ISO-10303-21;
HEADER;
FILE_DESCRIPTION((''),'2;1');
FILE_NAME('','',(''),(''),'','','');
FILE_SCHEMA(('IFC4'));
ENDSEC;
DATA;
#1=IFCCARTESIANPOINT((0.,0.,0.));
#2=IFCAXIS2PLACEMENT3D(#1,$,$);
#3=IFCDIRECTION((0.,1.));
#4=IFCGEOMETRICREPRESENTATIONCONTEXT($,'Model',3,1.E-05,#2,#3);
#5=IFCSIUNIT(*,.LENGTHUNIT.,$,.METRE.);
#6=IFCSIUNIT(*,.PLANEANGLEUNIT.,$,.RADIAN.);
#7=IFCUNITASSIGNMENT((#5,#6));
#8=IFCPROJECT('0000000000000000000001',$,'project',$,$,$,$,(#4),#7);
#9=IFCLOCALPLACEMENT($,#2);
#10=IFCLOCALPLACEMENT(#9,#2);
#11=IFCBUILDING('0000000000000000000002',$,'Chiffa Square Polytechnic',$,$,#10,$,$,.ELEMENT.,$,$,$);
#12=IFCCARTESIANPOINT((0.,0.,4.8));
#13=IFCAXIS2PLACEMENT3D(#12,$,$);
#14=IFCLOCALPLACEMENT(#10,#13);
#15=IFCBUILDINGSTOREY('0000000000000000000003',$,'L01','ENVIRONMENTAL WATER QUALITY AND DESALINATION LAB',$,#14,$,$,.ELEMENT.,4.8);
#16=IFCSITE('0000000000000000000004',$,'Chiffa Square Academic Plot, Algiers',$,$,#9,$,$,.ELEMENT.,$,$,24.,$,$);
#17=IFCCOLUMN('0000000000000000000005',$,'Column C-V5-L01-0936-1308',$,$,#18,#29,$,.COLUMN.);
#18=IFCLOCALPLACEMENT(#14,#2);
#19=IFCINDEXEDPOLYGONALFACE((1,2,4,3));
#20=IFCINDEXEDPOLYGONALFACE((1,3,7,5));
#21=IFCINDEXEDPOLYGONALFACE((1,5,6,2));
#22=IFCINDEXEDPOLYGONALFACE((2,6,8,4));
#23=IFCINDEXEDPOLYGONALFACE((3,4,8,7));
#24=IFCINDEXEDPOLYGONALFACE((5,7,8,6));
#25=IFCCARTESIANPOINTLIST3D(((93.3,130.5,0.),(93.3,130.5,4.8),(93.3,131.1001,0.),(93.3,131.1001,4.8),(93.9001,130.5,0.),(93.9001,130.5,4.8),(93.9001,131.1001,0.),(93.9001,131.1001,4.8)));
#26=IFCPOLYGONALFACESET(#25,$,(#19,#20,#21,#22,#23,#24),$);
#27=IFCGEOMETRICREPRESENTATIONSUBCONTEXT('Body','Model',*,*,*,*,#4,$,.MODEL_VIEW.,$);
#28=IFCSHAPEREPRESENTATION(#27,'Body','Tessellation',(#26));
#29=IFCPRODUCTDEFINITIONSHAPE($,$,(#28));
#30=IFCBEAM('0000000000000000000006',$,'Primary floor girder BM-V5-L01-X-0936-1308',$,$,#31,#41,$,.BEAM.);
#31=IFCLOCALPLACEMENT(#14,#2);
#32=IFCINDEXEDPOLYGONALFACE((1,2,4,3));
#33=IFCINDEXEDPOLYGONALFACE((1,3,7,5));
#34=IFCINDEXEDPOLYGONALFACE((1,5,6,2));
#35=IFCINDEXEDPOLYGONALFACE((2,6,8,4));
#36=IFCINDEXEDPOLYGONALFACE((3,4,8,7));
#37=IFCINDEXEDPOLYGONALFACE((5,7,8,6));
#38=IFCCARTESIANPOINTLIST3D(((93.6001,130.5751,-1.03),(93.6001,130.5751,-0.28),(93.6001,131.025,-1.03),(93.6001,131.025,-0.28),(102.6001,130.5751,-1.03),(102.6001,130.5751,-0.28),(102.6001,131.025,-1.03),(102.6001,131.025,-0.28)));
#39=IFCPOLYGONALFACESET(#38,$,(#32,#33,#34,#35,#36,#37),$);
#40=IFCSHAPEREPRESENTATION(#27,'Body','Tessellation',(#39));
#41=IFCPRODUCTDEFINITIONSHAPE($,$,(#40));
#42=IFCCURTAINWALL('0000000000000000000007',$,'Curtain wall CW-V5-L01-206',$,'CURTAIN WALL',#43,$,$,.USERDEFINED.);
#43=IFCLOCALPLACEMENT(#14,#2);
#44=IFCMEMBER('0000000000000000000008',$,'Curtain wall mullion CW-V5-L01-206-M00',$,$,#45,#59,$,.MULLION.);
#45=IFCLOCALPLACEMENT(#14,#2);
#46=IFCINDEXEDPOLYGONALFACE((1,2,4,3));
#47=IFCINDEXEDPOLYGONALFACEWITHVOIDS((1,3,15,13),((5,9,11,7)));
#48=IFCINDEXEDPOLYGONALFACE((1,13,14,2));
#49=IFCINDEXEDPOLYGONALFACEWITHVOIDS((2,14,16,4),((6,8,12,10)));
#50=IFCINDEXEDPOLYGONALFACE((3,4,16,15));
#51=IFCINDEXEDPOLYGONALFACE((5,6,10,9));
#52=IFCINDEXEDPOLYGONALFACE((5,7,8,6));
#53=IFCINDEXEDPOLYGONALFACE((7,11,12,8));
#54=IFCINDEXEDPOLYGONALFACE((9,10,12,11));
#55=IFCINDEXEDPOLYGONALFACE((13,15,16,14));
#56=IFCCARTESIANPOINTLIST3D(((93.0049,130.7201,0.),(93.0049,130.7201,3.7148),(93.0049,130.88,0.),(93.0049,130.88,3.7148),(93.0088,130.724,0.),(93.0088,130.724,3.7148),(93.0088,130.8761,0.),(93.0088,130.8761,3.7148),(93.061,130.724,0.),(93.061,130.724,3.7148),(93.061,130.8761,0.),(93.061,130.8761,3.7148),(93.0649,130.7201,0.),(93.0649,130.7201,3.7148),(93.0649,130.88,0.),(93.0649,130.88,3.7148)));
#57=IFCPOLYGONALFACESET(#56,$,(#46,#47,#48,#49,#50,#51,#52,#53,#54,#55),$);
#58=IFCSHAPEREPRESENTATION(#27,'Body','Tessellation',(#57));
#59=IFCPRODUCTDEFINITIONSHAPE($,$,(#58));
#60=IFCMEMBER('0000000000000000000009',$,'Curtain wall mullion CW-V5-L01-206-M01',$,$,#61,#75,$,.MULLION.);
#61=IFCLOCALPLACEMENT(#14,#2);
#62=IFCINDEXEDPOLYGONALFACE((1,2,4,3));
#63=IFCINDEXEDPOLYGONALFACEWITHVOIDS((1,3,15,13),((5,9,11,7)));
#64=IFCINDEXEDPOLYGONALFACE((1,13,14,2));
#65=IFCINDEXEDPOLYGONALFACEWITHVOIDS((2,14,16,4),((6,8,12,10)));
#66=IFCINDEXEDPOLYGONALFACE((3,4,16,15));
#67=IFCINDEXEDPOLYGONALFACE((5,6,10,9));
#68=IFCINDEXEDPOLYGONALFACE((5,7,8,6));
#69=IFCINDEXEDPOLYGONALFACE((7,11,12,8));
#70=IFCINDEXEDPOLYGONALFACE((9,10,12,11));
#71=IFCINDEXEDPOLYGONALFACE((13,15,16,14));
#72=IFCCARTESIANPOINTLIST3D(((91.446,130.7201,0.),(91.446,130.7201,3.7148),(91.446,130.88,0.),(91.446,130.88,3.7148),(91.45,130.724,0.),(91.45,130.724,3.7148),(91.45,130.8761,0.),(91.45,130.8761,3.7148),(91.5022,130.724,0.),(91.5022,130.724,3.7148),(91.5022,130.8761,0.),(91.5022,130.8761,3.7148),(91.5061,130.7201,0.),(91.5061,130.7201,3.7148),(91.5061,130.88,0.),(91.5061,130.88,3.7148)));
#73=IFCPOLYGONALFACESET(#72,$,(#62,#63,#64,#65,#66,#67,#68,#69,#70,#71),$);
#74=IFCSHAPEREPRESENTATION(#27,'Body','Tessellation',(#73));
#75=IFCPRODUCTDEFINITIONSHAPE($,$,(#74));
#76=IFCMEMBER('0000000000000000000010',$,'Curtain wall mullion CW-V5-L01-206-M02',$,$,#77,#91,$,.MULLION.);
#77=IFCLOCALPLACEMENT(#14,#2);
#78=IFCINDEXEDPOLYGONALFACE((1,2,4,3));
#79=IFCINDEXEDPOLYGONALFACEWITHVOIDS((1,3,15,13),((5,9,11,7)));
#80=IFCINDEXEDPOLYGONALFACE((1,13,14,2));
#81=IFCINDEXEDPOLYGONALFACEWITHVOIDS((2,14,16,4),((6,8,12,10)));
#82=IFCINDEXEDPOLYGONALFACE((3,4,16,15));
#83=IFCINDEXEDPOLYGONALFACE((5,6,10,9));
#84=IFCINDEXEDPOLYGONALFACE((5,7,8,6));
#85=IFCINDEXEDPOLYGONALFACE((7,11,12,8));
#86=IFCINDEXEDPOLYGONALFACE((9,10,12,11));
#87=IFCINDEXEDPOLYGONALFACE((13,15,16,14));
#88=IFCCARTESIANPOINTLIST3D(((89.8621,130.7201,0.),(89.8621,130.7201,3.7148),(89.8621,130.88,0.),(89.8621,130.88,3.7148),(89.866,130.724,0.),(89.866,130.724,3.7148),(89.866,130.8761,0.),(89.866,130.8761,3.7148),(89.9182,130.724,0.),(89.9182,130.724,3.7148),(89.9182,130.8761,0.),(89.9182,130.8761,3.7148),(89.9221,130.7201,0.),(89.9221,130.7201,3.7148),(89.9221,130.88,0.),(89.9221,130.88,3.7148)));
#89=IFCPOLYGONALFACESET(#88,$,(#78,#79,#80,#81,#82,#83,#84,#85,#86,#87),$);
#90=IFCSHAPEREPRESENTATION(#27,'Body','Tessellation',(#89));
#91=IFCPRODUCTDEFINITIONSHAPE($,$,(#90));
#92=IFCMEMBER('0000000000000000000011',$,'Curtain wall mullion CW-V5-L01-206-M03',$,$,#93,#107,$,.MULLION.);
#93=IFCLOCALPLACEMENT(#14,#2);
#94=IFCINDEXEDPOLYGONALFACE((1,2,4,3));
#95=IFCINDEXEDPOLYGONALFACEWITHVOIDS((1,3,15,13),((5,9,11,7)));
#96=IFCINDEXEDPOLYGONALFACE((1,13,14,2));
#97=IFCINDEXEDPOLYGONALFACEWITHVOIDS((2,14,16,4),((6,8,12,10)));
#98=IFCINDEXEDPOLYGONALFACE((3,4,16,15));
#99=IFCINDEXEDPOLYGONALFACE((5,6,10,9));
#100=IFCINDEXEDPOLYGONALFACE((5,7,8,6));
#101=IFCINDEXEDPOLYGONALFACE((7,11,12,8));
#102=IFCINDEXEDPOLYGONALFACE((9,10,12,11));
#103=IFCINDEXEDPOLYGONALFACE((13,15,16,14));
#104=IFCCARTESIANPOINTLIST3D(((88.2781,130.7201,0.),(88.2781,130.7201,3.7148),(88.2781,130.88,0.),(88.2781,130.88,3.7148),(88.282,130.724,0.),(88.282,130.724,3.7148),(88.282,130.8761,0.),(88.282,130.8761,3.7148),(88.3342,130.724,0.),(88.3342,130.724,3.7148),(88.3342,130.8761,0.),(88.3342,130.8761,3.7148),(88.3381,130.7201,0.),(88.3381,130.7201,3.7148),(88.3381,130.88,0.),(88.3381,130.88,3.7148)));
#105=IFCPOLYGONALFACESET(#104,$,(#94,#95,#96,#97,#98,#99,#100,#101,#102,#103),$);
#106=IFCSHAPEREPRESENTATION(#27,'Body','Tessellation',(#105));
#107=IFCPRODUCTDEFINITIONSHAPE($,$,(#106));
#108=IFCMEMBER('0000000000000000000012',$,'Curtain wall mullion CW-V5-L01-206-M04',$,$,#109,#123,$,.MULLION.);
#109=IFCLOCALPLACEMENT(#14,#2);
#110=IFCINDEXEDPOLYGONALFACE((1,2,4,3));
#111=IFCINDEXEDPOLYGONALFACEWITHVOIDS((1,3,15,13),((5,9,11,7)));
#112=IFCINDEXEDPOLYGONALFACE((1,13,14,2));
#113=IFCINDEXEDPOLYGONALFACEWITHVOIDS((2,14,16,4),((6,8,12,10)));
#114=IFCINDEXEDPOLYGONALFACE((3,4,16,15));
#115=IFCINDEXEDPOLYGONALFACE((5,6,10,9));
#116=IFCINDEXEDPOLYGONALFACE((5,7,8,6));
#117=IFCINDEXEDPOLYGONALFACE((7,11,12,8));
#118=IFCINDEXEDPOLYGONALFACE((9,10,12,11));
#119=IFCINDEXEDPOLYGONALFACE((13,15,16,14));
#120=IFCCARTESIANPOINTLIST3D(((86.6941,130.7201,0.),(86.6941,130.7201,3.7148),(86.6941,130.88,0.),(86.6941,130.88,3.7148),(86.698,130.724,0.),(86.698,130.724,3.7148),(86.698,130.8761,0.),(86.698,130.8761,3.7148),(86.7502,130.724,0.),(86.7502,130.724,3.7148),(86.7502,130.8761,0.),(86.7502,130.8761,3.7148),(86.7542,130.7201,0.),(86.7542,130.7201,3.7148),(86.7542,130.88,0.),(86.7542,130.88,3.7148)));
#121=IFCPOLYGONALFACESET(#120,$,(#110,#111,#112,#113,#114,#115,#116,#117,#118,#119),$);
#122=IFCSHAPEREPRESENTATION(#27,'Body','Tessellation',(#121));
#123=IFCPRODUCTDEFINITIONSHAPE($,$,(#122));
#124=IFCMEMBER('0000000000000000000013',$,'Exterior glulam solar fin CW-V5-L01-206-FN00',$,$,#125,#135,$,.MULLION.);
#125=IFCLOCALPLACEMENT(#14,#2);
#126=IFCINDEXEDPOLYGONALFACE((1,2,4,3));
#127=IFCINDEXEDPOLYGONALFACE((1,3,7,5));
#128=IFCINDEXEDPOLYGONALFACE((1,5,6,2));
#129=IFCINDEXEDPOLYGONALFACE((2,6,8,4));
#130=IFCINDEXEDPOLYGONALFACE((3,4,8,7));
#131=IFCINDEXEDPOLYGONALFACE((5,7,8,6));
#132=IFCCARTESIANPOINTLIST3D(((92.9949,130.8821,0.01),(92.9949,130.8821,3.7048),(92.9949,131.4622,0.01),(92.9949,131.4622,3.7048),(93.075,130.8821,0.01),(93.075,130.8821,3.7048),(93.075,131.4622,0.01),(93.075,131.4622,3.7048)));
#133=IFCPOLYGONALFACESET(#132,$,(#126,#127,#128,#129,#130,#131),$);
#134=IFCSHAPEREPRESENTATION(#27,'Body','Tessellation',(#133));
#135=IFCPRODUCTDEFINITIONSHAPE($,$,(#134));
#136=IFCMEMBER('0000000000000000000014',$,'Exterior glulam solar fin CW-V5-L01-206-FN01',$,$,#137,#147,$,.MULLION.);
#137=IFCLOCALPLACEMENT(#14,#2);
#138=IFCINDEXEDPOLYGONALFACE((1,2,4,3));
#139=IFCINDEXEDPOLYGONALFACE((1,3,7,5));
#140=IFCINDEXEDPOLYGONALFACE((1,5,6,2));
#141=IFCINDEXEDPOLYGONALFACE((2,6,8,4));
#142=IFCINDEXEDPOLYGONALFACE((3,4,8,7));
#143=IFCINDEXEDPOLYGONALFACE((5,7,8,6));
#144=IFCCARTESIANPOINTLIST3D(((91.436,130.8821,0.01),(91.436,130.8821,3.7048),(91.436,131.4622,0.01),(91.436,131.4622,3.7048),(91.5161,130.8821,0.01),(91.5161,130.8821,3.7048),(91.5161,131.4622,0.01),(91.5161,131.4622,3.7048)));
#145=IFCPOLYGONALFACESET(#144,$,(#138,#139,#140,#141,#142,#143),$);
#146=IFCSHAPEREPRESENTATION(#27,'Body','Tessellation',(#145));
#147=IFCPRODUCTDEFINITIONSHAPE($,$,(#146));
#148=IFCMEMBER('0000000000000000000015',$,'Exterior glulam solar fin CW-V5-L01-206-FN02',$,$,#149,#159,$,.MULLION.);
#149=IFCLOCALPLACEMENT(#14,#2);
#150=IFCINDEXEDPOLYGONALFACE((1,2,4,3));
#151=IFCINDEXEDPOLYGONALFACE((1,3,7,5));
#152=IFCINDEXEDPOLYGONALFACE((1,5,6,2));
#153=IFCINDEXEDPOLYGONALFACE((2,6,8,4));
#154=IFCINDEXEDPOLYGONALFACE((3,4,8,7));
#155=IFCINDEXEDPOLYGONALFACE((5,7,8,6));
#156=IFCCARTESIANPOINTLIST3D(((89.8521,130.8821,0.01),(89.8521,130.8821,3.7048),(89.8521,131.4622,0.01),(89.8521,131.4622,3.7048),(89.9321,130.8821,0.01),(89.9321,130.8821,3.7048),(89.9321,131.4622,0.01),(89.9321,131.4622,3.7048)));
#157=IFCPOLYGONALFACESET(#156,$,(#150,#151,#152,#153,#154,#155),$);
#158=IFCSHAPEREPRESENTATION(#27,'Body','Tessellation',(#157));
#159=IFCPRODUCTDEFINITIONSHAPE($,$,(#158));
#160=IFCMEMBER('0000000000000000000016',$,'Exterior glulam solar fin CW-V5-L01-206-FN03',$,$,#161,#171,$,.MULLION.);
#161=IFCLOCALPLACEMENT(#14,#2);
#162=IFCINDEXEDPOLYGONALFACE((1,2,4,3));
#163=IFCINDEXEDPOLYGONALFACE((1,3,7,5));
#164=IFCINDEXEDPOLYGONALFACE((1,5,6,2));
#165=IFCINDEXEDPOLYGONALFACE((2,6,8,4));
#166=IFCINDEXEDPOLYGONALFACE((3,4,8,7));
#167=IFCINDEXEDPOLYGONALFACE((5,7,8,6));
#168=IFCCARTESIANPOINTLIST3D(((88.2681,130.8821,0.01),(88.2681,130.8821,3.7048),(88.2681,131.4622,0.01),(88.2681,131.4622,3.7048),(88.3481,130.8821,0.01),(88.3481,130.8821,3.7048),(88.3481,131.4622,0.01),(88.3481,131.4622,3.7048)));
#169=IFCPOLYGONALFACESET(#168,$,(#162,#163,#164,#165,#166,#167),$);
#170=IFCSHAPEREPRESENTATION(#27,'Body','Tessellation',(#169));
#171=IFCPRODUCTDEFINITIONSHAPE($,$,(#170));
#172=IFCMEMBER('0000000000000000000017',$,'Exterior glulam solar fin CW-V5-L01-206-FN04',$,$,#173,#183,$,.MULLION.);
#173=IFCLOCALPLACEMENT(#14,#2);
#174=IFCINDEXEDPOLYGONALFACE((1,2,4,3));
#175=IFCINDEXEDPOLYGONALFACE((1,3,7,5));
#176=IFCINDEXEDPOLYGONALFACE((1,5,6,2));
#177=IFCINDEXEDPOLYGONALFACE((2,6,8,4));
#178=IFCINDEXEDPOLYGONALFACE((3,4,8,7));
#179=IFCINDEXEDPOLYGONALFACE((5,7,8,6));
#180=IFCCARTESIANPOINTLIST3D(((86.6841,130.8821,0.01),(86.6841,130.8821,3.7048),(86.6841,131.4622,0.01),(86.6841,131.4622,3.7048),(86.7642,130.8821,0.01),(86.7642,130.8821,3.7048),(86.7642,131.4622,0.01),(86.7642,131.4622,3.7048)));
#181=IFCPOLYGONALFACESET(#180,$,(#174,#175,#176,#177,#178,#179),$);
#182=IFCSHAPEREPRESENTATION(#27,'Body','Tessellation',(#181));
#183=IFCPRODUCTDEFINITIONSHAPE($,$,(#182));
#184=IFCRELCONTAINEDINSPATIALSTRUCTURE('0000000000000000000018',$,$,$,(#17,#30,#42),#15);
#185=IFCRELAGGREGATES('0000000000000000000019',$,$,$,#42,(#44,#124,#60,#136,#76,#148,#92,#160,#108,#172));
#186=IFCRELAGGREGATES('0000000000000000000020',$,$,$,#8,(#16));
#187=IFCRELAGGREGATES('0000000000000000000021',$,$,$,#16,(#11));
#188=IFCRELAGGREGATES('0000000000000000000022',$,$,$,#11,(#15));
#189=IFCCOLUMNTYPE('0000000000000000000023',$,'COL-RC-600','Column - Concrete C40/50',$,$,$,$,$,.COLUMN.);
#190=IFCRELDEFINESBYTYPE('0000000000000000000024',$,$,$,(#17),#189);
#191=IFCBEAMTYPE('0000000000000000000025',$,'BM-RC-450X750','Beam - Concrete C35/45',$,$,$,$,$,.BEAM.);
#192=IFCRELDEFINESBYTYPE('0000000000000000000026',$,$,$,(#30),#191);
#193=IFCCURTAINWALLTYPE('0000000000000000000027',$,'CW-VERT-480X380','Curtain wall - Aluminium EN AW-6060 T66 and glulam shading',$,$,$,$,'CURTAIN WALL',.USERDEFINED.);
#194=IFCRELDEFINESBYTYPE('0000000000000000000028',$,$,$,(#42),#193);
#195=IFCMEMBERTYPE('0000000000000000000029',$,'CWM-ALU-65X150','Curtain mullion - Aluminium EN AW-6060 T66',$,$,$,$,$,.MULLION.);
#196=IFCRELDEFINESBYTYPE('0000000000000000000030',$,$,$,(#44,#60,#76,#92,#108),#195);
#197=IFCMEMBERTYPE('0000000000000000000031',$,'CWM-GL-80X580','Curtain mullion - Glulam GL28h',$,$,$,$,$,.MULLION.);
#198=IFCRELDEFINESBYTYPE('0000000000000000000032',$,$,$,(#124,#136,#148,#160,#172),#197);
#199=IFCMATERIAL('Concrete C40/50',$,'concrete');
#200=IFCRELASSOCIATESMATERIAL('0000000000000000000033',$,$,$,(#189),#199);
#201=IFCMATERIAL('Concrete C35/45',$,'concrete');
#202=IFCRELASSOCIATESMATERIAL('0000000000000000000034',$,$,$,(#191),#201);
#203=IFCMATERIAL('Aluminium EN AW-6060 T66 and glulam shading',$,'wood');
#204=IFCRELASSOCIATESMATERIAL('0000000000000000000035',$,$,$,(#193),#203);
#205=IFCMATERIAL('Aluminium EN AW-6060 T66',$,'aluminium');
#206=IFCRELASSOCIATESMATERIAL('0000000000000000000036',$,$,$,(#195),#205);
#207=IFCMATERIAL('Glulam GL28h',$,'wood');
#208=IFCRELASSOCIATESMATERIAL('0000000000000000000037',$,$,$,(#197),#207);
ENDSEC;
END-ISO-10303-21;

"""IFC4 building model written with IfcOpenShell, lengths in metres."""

from ifc_helpers import new_model, si_unit, direction, frame, origin, origin_2d, place, context, subcontext, project, spatial, rectangle, hollow_rectangle, extrude, material, material_profile, profile_set, type_object, element, aggregate, save


model = new_model("IFC4")

# Units and contexts
model_context = context("Model", 3, precision=1e-05, world=origin(), true_north=direction((0.0, 1.0)))
body_context = subcontext(model_context, "Body", "Model", "MODEL_VIEW")
ifc_project = project(units=[si_unit("LENGTHUNIT", "METRE"), si_unit("PLANEANGLEUNIT", "RADIAN")], contexts=[model_context])

# Site, building, storey
site_placement = place(None, origin())
site = spatial("IfcSite", under=ifc_project, at=site_placement, Name="Chiffa Square Academic Plot, Algiers", CompositionType="ELEMENT", RefElevation=24.0)
building_placement = place(site_placement, origin())
building = spatial("IfcBuilding", under=site, at=building_placement, Name="Chiffa Square Polytechnic", CompositionType="ELEMENT")
storey_placement = place(building_placement, frame((0.0, 0.0, 4.8)))
storey = spatial("IfcBuildingStorey", under=building, at=storey_placement, Name="L01", Description="ENVIRONMENTAL WATER QUALITY AND DESALINATION LAB", CompositionType="ELEMENT", Elevation=4.8)

# Column
ifc_material_1 = material(Name="Concrete C40/50", Category="concrete")
ifc_material_profile_1 = material_profile(ifc_material_1, rectangle(XDim=0.6001, YDim=0.6001, at=origin_2d()), Name="RC 600x600")
ifc_profile_set_1 = profile_set([ifc_material_profile_1], Name="Concrete C40/50")
column_type = type_object("IfcColumnType", Name="COL-RC-600", Description="Column - Concrete C40/50", PredefinedType="COLUMN", material=ifc_profile_set_1)
column_placement = place(storey_placement, frame((93.6001, 130.8, 0.0), z_axis=(0.0, 0.0, 1.0), x_axis=(1.0, 0.0, 0.0)))
element("IfcColumn", 1, at=column_placement, inside=storey, type_object=column_type, Name="Column C-V5-L01-0936-1308", PredefinedType="COLUMN", context=body_context, shape_type="SweptSolid", body=[
    extrude(rectangle(XDim=0.6001, YDim=0.6001, at=origin_2d()), origin(), (0.0, 0.0, 1.0), 4.8),
])

# Beam
ifc_material_2 = material(Name="Concrete C35/45", Category="concrete")
ifc_material_profile_2 = material_profile(ifc_material_2, rectangle(XDim=0.45, YDim=0.75, at=origin_2d()), Name="RC 450x750")
ifc_profile_set_2 = profile_set([ifc_material_profile_2], Name="Concrete C35/45")
beam_type = type_object("IfcBeamType", Name="BM-RC-450X750", Description="Beam - Concrete C35/45", PredefinedType="BEAM", material=ifc_profile_set_2)
beam_placement = place(storey_placement, frame((93.6001, 130.8, -0.655), z_axis=(1.0, 0.0, 0.0), x_axis=(0.0, 1.0, 0.0)))
element("IfcBeam", 2, at=beam_placement, inside=storey, type_object=beam_type, Name="Primary floor girder BM-V5-L01-X-0936-1308", PredefinedType="BEAM", context=body_context, shape_type="SweptSolid", body=[
    extrude(rectangle(XDim=0.45, YDim=0.75, at=origin_2d()), origin(), (0.0, 0.0, 1.0), 9.0),
])

# Curtain wall, members
ifc_material_3 = material(Name="Aluminium EN AW-6060 T66 and glulam shading", Category="wood")
curtain_wall_type = type_object("IfcCurtainWallType", Name="CW-VERT-480X380", Description="Curtain wall - Aluminium EN AW-6060 T66 and glulam shading", ElementType="CURTAIN WALL", PredefinedType="USERDEFINED", material=ifc_material_3)
curtain_wall_placement = place(storey_placement, origin())
curtain_wall = element("IfcCurtainWall", 3, at=curtain_wall_placement, inside=storey, type_object=curtain_wall_type, Name="Curtain wall CW-V5-L01-206", ObjectType="CURTAIN WALL", PredefinedType="USERDEFINED")
ifc_material_4 = material(Name="Aluminium EN AW-6060 T66", Category="aluminium")
ifc_material_profile_3 = material_profile(ifc_material_4, hollow_rectangle(XDim=0.0601, YDim=0.1599, WallThickness=0.0039, at=origin_2d()), Name="ALU 60x160x4")
ifc_profile_set_3 = profile_set([ifc_material_profile_3], Name="Aluminium EN AW-6060 T66")
member_type_1 = type_object("IfcMemberType", Name="CWM-ALU-65X150", Description="Curtain mullion - Aluminium EN AW-6060 T66", PredefinedType="MULLION", material=ifc_profile_set_3)
member_1_placement = place(storey_placement, frame((93.0349, 130.8, 0.0), z_axis=(0.0, 0.0, 1.0), x_axis=(1.0, 0.0, 0.0)))
member_1 = element("IfcMember", 4, at=member_1_placement, type_object=member_type_1, Name="Curtain wall mullion CW-V5-L01-206-M00", PredefinedType="MULLION", context=body_context, shape_type="SweptSolid", body=[
    extrude(hollow_rectangle(XDim=0.0601, YDim=0.1599, WallThickness=0.0039, at=origin_2d()), origin(), (0.0, 0.0, 1.0), 3.7148),
])
member_2_placement = place(storey_placement, frame((91.4761, 130.8, 0.0), z_axis=(0.0, 0.0, 1.0), x_axis=(1.0, 0.0, 0.0)))
member_2 = element("IfcMember", 5, at=member_2_placement, type_object=member_type_1, Name="Curtain wall mullion CW-V5-L01-206-M01", PredefinedType="MULLION", context=body_context, shape_type="SweptSolid", body=[
    extrude(hollow_rectangle(XDim=0.0601, YDim=0.1599, WallThickness=0.0039, at=origin_2d()), origin(), (0.0, 0.0, 1.0), 3.7148),
])
member_3_placement = place(storey_placement, frame((89.8921, 130.8, 0.0), z_axis=(0.0, 0.0, 1.0), x_axis=(1.0, 0.0, 0.0)))
member_3 = element("IfcMember", 6, at=member_3_placement, type_object=member_type_1, Name="Curtain wall mullion CW-V5-L01-206-M02", PredefinedType="MULLION", context=body_context, shape_type="SweptSolid", body=[
    extrude(hollow_rectangle(XDim=0.0601, YDim=0.1599, WallThickness=0.0039, at=origin_2d()), origin(), (0.0, 0.0, 1.0), 3.7148),
])
member_4_placement = place(storey_placement, frame((88.3081, 130.8, 0.0), z_axis=(0.0, 0.0, 1.0), x_axis=(1.0, 0.0, 0.0)))
member_4 = element("IfcMember", 7, at=member_4_placement, type_object=member_type_1, Name="Curtain wall mullion CW-V5-L01-206-M03", PredefinedType="MULLION", context=body_context, shape_type="SweptSolid", body=[
    extrude(hollow_rectangle(XDim=0.0601, YDim=0.1599, WallThickness=0.0039, at=origin_2d()), origin(), (0.0, 0.0, 1.0), 3.7148),
])
member_5_placement = place(storey_placement, frame((86.7241, 130.8, 0.0), z_axis=(0.0, 0.0, 1.0), x_axis=(1.0, 0.0, 0.0)))
member_5 = element("IfcMember", 8, at=member_5_placement, type_object=member_type_1, Name="Curtain wall mullion CW-V5-L01-206-M04", PredefinedType="MULLION", context=body_context, shape_type="SweptSolid", body=[
    extrude(hollow_rectangle(XDim=0.0601, YDim=0.1599, WallThickness=0.0039, at=origin_2d()), origin(), (0.0, 0.0, 1.0), 3.7148),
])
ifc_material_5 = material(Name="Glulam GL28h", Category="wood")
ifc_material_profile_4 = material_profile(ifc_material_5, rectangle(XDim=0.0801, YDim=0.5801, at=origin_2d()), Name="GL28h 80x580")
ifc_profile_set_4 = profile_set([ifc_material_profile_4], Name="Glulam GL28h")
member_type_2 = type_object("IfcMemberType", Name="CWM-GL-80X580", Description="Curtain mullion - Glulam GL28h", PredefinedType="MULLION", material=ifc_profile_set_4)
member_6_placement = place(storey_placement, frame((93.0349, 131.1721, 0.01), z_axis=(0.0, 0.0, 1.0), x_axis=(-1.0, 0.0, 0.0)))
member_6 = element("IfcMember", 9, at=member_6_placement, type_object=member_type_2, Name="Exterior glulam solar fin CW-V5-L01-206-FN00", PredefinedType="MULLION", context=body_context, shape_type="SweptSolid", body=[
    extrude(rectangle(XDim=0.0801, YDim=0.5801, at=origin_2d()), origin(), (0.0, 0.0, 1.0), 3.6948),
])
member_7_placement = place(storey_placement, frame((91.4761, 131.1721, 0.01), z_axis=(0.0, 0.0, 1.0), x_axis=(-1.0, 0.0, 0.0)))
member_7 = element("IfcMember", 10, at=member_7_placement, type_object=member_type_2, Name="Exterior glulam solar fin CW-V5-L01-206-FN01", PredefinedType="MULLION", context=body_context, shape_type="SweptSolid", body=[
    extrude(rectangle(XDim=0.0801, YDim=0.5801, at=origin_2d()), origin(), (0.0, 0.0, 1.0), 3.6948),
])
member_8_placement = place(storey_placement, frame((89.8921, 131.1721, 0.01), z_axis=(0.0, 0.0, 1.0), x_axis=(-1.0, 0.0, 0.0)))
member_8 = element("IfcMember", 11, at=member_8_placement, type_object=member_type_2, Name="Exterior glulam solar fin CW-V5-L01-206-FN02", PredefinedType="MULLION", context=body_context, shape_type="SweptSolid", body=[
    extrude(rectangle(XDim=0.0801, YDim=0.5801, at=origin_2d()), origin(), (0.0, 0.0, 1.0), 3.6948),
])
member_9_placement = place(storey_placement, frame((88.3081, 131.1721, 0.01), z_axis=(0.0, 0.0, 1.0), x_axis=(-1.0, 0.0, 0.0)))
member_9 = element("IfcMember", 12, at=member_9_placement, type_object=member_type_2, Name="Exterior glulam solar fin CW-V5-L01-206-FN03", PredefinedType="MULLION", context=body_context, shape_type="SweptSolid", body=[
    extrude(rectangle(XDim=0.0801, YDim=0.5801, at=origin_2d()), origin(), (0.0, 0.0, 1.0), 3.6948),
])
member_10_placement = place(storey_placement, frame((86.7241, 131.1721, 0.01), z_axis=(0.0, 0.0, 1.0), x_axis=(-1.0, 0.0, 0.0)))
member_10 = element("IfcMember", 13, at=member_10_placement, type_object=member_type_2, Name="Exterior glulam solar fin CW-V5-L01-206-FN04", PredefinedType="MULLION", context=body_context, shape_type="SweptSolid", body=[
    extrude(rectangle(XDim=0.0801, YDim=0.5801, at=origin_2d()), origin(), (0.0, 0.0, 1.0), 3.6948),
])
aggregate(curtain_wall, [member_1, member_6, member_2, member_7, member_3, member_8, member_4, member_9, member_5, member_10])

save(model, "model.ifc")
